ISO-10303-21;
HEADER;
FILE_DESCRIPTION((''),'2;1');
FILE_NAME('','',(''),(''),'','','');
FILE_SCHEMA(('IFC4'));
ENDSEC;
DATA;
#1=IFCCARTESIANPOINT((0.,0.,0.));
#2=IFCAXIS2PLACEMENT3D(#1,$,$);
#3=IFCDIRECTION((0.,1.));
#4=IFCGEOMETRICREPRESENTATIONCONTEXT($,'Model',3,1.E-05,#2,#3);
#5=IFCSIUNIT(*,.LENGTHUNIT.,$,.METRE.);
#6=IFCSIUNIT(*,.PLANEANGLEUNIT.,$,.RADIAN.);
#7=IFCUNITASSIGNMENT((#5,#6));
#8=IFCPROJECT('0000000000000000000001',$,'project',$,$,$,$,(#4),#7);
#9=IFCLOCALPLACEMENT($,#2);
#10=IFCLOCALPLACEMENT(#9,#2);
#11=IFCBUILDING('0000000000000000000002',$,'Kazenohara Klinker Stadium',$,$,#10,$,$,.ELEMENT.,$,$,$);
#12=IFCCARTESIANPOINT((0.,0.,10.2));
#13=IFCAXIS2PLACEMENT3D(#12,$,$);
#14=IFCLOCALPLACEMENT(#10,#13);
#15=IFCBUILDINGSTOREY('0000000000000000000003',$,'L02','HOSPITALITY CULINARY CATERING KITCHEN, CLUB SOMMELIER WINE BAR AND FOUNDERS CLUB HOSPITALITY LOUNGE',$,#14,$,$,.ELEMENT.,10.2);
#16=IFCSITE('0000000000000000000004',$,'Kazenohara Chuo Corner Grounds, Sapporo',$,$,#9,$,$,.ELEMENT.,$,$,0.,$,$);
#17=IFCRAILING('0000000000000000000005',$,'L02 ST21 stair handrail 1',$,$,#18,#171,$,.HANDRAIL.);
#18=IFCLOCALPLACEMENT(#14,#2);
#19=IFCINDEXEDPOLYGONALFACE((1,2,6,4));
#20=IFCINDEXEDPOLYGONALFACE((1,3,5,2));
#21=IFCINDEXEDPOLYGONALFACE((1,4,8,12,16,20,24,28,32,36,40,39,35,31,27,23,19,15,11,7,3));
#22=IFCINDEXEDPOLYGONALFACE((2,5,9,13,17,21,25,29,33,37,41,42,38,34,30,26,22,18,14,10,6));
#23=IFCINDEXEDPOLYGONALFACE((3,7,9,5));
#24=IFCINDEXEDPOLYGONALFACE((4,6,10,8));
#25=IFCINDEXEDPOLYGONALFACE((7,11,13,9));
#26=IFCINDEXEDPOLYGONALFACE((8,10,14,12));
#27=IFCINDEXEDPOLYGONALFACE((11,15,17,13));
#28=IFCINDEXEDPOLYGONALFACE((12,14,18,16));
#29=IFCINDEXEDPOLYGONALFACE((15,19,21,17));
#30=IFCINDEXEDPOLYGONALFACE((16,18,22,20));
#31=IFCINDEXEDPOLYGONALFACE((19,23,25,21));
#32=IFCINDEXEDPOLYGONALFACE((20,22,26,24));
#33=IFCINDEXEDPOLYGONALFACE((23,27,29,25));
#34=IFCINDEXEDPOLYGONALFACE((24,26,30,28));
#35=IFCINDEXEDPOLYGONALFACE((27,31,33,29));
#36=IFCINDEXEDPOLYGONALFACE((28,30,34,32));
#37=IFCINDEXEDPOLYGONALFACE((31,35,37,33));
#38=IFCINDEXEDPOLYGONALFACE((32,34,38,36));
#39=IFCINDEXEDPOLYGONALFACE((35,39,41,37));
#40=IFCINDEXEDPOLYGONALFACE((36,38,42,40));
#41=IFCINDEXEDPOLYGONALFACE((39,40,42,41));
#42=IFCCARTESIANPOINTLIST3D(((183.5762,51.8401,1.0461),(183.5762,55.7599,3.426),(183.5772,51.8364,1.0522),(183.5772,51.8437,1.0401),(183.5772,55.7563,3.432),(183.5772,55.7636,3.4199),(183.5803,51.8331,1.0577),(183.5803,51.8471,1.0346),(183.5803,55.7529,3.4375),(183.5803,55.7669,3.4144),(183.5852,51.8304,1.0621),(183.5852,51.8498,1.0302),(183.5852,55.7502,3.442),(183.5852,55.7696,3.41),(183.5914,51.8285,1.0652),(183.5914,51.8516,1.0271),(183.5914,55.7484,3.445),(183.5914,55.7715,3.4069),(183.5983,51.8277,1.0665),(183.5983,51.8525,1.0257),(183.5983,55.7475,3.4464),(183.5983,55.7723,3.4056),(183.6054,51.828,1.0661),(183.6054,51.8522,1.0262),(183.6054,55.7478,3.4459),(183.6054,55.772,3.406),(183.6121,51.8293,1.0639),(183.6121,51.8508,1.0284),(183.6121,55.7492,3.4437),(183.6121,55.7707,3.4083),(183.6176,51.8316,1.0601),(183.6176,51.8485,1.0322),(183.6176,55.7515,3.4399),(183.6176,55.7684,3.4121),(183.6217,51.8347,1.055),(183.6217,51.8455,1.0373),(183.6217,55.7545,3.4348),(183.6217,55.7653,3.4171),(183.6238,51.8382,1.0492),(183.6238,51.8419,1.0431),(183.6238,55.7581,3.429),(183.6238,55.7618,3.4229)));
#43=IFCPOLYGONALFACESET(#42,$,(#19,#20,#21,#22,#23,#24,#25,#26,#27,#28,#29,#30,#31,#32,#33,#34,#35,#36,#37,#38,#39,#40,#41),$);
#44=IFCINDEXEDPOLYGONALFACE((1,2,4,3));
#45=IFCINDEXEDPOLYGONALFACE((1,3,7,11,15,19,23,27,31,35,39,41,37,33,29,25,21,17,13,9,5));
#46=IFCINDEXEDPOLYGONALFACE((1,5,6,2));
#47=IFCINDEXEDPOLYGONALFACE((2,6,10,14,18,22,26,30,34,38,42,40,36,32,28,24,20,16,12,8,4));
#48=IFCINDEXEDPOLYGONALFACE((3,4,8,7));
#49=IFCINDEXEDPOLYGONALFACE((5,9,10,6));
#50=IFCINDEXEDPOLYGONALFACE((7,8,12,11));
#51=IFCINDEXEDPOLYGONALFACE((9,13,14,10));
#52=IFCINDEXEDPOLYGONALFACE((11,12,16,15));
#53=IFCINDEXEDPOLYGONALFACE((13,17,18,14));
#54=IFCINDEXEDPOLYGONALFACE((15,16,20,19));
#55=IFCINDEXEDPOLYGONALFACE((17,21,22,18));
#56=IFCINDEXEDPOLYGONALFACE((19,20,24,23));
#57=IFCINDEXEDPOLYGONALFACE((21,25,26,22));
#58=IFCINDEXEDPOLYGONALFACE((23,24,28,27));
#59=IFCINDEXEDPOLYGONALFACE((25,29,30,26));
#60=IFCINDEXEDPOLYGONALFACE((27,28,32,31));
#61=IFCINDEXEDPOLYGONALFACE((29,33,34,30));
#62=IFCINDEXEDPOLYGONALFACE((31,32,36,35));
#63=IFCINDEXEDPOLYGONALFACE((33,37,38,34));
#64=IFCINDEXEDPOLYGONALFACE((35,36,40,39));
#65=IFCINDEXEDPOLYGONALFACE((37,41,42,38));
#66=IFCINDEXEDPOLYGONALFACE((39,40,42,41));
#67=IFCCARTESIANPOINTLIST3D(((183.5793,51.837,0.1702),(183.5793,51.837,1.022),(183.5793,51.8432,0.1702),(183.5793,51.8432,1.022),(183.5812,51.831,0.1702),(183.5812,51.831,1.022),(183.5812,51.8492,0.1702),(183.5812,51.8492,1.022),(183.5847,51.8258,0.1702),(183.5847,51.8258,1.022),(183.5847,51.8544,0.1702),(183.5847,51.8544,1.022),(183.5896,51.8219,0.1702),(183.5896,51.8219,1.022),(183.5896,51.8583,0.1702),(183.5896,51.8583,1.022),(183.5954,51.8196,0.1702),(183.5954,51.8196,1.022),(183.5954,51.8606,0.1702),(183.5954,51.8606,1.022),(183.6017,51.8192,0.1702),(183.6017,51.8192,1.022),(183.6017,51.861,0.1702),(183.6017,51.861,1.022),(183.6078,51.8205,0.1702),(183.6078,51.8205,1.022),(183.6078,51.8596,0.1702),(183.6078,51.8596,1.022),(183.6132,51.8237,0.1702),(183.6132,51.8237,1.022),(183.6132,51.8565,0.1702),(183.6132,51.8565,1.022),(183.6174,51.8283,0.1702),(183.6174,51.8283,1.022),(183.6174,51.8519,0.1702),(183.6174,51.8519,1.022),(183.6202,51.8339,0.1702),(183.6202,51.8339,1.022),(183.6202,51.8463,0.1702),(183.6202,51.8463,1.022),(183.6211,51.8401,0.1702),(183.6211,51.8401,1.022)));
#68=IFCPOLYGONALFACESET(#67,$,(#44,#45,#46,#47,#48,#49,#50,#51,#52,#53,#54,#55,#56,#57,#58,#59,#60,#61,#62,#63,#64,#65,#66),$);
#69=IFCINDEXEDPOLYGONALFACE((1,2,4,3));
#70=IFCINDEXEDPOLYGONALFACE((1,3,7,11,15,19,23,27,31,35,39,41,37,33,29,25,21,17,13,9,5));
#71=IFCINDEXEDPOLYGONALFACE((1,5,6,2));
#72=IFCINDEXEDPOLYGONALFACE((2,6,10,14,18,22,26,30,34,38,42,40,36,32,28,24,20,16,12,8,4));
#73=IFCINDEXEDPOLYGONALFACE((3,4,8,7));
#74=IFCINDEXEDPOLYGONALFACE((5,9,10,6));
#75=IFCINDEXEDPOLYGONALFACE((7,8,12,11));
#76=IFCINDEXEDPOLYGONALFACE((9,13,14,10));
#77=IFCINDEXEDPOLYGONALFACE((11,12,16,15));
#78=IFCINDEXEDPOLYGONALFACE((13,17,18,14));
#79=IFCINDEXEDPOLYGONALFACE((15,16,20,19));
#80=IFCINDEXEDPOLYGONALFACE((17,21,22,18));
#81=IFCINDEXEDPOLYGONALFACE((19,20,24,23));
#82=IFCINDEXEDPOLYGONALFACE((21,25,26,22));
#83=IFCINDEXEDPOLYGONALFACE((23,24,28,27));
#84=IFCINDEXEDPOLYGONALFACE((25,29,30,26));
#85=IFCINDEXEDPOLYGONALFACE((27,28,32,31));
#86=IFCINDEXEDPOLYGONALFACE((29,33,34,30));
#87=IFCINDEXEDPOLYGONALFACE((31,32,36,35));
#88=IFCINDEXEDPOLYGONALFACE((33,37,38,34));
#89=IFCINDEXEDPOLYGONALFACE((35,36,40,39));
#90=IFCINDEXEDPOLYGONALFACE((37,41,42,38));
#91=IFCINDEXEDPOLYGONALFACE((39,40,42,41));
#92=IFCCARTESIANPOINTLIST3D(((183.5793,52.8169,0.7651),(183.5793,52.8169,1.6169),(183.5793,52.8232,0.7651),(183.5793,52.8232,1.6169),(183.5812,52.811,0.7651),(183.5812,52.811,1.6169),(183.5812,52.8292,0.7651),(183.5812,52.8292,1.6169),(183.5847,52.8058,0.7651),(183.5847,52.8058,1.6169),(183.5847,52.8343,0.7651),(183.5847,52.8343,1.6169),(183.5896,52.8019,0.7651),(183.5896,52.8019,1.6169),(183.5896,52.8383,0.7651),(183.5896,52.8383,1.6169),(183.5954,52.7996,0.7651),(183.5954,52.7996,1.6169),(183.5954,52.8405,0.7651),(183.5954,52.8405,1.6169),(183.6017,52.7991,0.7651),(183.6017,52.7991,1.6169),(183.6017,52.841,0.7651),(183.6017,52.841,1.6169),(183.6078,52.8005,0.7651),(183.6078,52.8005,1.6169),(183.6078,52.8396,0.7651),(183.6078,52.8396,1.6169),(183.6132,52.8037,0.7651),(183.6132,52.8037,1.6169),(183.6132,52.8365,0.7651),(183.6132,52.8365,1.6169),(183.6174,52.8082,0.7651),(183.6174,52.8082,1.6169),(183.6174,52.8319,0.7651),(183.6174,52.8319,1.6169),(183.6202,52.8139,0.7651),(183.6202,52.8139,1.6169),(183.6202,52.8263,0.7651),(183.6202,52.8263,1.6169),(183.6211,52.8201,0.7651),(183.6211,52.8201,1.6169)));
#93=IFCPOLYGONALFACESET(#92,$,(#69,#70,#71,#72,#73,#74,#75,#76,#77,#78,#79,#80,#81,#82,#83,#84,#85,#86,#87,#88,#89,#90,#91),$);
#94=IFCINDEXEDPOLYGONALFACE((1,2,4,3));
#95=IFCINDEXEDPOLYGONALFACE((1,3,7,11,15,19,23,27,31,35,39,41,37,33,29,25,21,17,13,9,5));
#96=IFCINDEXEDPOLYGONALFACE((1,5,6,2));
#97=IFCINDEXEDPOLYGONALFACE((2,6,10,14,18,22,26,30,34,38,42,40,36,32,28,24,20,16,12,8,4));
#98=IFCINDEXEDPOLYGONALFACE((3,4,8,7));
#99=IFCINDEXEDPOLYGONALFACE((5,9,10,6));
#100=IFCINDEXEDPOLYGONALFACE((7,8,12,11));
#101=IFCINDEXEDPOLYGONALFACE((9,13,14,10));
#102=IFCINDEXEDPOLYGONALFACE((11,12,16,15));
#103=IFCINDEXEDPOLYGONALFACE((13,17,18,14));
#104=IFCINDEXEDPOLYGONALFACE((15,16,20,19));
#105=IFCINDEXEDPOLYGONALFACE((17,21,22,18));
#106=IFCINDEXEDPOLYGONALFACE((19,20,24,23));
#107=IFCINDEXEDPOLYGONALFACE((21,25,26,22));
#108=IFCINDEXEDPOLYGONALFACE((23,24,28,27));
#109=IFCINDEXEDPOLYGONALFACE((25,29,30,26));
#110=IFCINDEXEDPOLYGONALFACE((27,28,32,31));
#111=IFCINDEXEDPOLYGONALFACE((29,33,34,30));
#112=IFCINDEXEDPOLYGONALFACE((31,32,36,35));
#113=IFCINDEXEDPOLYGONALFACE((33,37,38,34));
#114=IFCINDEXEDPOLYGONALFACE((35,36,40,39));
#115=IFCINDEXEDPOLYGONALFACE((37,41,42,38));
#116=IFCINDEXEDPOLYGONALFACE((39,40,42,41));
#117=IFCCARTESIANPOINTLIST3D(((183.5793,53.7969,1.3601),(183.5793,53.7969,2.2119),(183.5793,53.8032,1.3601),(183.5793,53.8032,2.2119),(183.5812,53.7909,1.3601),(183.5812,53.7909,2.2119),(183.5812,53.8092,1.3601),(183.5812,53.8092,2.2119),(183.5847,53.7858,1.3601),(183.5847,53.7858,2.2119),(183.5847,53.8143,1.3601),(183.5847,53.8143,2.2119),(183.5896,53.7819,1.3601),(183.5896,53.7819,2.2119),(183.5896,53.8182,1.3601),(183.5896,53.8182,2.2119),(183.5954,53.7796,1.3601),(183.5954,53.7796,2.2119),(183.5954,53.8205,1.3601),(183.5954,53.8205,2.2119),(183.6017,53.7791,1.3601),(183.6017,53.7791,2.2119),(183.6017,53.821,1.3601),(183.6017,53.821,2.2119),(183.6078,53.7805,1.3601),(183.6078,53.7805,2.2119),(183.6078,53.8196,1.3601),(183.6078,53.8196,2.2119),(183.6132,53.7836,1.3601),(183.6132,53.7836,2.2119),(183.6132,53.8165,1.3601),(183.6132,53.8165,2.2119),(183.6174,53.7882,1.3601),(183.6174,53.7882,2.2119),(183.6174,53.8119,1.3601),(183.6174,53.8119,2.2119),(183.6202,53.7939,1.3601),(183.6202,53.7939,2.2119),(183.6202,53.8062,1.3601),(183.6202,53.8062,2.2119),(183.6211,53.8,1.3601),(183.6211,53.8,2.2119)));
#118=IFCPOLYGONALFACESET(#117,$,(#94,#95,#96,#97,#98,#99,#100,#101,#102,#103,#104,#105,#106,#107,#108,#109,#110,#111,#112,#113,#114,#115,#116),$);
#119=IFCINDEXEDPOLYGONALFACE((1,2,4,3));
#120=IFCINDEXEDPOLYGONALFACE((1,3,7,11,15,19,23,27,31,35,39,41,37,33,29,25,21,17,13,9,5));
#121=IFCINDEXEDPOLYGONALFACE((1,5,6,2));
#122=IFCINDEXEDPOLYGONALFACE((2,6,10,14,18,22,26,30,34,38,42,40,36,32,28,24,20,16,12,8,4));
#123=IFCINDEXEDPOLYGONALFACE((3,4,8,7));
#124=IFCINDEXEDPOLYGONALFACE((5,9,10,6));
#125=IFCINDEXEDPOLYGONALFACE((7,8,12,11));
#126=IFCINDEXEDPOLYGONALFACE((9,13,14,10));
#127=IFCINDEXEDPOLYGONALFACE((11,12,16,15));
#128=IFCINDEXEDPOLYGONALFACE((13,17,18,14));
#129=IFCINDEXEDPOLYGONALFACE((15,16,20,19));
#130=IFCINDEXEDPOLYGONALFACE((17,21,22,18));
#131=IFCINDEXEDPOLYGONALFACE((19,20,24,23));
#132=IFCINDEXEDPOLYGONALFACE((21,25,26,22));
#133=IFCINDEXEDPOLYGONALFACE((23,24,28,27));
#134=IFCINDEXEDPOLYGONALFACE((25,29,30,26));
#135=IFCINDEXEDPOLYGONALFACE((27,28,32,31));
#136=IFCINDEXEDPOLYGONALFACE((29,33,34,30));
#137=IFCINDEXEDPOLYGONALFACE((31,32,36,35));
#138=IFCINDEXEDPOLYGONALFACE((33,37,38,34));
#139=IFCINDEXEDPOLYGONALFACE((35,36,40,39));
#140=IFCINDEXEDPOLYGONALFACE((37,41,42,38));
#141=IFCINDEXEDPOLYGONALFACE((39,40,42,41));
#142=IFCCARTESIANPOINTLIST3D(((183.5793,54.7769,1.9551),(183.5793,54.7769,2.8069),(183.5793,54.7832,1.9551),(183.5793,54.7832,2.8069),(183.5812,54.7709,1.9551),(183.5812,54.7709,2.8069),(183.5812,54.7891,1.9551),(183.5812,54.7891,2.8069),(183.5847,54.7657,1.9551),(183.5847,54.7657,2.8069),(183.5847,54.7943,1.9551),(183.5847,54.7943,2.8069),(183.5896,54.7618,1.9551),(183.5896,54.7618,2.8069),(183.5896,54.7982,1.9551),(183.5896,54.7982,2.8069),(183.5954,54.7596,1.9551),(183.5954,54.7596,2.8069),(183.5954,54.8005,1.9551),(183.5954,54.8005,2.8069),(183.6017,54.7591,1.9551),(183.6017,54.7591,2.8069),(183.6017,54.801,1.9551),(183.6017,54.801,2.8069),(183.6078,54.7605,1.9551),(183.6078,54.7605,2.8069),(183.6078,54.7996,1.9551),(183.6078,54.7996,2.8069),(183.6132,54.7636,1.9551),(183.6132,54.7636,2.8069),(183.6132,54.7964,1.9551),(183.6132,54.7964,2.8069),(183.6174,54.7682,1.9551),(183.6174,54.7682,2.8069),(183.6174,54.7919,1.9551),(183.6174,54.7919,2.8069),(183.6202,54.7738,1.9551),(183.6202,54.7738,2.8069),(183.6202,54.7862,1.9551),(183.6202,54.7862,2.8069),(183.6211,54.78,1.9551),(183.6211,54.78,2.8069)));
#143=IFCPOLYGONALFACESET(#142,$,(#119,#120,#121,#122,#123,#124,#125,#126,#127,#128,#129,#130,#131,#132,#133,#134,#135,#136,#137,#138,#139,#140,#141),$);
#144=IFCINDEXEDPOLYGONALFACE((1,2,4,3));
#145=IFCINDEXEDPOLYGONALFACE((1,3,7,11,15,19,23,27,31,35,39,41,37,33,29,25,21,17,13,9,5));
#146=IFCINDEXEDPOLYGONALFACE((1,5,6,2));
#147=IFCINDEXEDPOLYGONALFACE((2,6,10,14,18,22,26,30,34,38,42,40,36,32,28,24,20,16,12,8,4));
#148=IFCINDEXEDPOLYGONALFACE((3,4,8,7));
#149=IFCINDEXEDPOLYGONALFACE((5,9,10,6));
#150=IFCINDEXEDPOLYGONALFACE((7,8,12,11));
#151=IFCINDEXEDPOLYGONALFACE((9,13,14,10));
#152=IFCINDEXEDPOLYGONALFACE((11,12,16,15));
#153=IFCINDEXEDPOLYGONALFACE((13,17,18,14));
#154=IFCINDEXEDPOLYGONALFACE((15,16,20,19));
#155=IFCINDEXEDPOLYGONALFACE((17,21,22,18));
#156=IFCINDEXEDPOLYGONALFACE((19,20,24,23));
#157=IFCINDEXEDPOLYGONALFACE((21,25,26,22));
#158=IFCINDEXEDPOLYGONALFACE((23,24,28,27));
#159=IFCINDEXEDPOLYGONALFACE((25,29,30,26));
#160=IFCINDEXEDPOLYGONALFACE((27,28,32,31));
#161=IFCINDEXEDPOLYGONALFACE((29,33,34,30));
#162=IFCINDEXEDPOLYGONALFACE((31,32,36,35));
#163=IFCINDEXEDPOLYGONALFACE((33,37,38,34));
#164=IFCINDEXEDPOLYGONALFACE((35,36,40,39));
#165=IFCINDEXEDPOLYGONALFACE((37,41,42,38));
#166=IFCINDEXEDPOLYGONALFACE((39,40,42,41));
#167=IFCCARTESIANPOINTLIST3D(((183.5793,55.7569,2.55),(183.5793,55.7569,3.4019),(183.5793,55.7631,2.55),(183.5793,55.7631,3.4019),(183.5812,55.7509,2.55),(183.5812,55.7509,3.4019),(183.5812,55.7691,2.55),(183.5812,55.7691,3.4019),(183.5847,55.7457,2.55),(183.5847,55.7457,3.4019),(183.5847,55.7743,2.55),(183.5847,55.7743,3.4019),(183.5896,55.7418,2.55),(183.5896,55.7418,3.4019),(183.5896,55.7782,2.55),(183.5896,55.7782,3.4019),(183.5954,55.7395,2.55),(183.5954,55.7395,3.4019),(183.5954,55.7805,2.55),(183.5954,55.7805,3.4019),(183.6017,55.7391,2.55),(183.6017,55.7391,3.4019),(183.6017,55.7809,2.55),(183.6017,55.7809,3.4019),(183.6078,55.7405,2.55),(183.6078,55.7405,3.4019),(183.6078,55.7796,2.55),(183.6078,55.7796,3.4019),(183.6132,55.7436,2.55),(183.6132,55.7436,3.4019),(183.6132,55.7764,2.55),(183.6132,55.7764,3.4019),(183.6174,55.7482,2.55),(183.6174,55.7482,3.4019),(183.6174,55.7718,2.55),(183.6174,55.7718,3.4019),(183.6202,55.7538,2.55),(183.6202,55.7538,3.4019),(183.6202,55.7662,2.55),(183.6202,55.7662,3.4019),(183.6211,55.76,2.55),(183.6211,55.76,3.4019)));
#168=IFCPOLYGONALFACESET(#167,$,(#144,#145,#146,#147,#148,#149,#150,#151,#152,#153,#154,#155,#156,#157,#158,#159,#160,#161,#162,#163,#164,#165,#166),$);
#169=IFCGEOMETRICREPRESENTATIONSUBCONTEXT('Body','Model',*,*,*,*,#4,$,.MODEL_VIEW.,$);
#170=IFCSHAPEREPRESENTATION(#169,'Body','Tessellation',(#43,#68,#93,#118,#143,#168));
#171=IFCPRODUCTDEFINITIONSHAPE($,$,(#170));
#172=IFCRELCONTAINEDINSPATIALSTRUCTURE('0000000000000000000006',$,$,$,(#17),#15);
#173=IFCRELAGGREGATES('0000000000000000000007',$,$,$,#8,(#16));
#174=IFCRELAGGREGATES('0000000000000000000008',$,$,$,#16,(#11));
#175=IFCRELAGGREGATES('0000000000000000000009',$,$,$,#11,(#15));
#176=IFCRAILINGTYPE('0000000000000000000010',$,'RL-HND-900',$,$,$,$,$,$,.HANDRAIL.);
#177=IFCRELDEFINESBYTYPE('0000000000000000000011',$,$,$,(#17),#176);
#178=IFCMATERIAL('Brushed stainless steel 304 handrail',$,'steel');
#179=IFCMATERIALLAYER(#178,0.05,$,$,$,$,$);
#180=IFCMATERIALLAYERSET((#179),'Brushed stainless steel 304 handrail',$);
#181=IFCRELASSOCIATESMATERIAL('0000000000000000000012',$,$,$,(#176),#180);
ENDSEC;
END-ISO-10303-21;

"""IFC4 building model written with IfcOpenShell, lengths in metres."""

from ifc_helpers import new_model, si_unit, direction, frame, origin, origin_2d, place, context, subcontext, project, spatial, circle, extrude, material, layer, layer_set, type_object, element, save


model = new_model("IFC4")

# Units and contexts
model_context = context("Model", 3, precision=1e-05, world=origin(), true_north=direction((0.0, 1.0)))
body_context = subcontext(model_context, "Body", "Model", "MODEL_VIEW")
ifc_project = project(units=[si_unit("LENGTHUNIT", "METRE"), si_unit("PLANEANGLEUNIT", "RADIAN")], contexts=[model_context])

# Site, building, storey
site_placement = place(None, origin())
site = spatial("IfcSite", under=ifc_project, at=site_placement, Name="Kazenohara Chuo Corner Grounds, Sapporo", CompositionType="ELEMENT", RefElevation=0.0)
building_placement = place(site_placement, origin())
building = spatial("IfcBuilding", under=site, at=building_placement, Name="Kazenohara Klinker Stadium", CompositionType="ELEMENT")
storey_placement = place(building_placement, frame((0.0, 0.0, 10.2)))
storey = spatial("IfcBuildingStorey", under=building, at=storey_placement, Name="L02", Description="HOSPITALITY CULINARY CATERING KITCHEN, CLUB SOMMELIER WINE BAR AND FOUNDERS CLUB HOSPITALITY LOUNGE", CompositionType="ELEMENT", Elevation=10.2)

# Railing
ifc_material_1 = material(Name="Brushed stainless steel 304 handrail", Category="steel")
ifc_layer_1 = layer(ifc_material_1, 0.05)
ifc_layer_set_1 = layer_set([ifc_layer_1], Name="Brushed stainless steel 304 handrail")
railing_type_1 = type_object("IfcRailingType", Name="RL-HND-900", PredefinedType="HANDRAIL", material=ifc_layer_set_1)
railing_1_placement = place(storey_placement, frame((183.6001, 51.8401, 0.1702)))
element("IfcRailing", 1, at=railing_1_placement, inside=storey, type_object=railing_type_1, Name="L02 ST21 stair handrail 1", PredefinedType="HANDRAIL", context=body_context, shape_type="SweptSolid", body=[
    extrude(circle(Radius=0.0239, at=origin_2d()), frame((0.0, 0.0, 0.876), z_axis=(0.0, 0.854794, 0.518967), x_axis=(-1.0, 0.0, 0.0)), (0.0, 0.0, 1.0), 4.5857),
    extrude(circle(Radius=0.021, at=origin_2d()), origin(), (0.0, 0.0, 1.0), 0.8518),
    extrude(circle(Radius=0.021, at=origin_2d()), frame((0.0, 0.98, 0.595)), (0.0, 0.0, 1.0), 0.8518),
    extrude(circle(Radius=0.021, at=origin_2d()), frame((0.0, 1.96, 1.1899)), (0.0, 0.0, 1.0), 0.8518),
    extrude(circle(Radius=0.021, at=origin_2d()), frame((0.0, 2.9399, 1.7849)), (0.0, 0.0, 1.0), 0.8518),
    extrude(circle(Radius=0.021, at=origin_2d()), frame((0.0, 3.9199, 2.3799)), (0.0, 0.0, 1.0), 0.8518),
])

save(model, "model.ifc")
